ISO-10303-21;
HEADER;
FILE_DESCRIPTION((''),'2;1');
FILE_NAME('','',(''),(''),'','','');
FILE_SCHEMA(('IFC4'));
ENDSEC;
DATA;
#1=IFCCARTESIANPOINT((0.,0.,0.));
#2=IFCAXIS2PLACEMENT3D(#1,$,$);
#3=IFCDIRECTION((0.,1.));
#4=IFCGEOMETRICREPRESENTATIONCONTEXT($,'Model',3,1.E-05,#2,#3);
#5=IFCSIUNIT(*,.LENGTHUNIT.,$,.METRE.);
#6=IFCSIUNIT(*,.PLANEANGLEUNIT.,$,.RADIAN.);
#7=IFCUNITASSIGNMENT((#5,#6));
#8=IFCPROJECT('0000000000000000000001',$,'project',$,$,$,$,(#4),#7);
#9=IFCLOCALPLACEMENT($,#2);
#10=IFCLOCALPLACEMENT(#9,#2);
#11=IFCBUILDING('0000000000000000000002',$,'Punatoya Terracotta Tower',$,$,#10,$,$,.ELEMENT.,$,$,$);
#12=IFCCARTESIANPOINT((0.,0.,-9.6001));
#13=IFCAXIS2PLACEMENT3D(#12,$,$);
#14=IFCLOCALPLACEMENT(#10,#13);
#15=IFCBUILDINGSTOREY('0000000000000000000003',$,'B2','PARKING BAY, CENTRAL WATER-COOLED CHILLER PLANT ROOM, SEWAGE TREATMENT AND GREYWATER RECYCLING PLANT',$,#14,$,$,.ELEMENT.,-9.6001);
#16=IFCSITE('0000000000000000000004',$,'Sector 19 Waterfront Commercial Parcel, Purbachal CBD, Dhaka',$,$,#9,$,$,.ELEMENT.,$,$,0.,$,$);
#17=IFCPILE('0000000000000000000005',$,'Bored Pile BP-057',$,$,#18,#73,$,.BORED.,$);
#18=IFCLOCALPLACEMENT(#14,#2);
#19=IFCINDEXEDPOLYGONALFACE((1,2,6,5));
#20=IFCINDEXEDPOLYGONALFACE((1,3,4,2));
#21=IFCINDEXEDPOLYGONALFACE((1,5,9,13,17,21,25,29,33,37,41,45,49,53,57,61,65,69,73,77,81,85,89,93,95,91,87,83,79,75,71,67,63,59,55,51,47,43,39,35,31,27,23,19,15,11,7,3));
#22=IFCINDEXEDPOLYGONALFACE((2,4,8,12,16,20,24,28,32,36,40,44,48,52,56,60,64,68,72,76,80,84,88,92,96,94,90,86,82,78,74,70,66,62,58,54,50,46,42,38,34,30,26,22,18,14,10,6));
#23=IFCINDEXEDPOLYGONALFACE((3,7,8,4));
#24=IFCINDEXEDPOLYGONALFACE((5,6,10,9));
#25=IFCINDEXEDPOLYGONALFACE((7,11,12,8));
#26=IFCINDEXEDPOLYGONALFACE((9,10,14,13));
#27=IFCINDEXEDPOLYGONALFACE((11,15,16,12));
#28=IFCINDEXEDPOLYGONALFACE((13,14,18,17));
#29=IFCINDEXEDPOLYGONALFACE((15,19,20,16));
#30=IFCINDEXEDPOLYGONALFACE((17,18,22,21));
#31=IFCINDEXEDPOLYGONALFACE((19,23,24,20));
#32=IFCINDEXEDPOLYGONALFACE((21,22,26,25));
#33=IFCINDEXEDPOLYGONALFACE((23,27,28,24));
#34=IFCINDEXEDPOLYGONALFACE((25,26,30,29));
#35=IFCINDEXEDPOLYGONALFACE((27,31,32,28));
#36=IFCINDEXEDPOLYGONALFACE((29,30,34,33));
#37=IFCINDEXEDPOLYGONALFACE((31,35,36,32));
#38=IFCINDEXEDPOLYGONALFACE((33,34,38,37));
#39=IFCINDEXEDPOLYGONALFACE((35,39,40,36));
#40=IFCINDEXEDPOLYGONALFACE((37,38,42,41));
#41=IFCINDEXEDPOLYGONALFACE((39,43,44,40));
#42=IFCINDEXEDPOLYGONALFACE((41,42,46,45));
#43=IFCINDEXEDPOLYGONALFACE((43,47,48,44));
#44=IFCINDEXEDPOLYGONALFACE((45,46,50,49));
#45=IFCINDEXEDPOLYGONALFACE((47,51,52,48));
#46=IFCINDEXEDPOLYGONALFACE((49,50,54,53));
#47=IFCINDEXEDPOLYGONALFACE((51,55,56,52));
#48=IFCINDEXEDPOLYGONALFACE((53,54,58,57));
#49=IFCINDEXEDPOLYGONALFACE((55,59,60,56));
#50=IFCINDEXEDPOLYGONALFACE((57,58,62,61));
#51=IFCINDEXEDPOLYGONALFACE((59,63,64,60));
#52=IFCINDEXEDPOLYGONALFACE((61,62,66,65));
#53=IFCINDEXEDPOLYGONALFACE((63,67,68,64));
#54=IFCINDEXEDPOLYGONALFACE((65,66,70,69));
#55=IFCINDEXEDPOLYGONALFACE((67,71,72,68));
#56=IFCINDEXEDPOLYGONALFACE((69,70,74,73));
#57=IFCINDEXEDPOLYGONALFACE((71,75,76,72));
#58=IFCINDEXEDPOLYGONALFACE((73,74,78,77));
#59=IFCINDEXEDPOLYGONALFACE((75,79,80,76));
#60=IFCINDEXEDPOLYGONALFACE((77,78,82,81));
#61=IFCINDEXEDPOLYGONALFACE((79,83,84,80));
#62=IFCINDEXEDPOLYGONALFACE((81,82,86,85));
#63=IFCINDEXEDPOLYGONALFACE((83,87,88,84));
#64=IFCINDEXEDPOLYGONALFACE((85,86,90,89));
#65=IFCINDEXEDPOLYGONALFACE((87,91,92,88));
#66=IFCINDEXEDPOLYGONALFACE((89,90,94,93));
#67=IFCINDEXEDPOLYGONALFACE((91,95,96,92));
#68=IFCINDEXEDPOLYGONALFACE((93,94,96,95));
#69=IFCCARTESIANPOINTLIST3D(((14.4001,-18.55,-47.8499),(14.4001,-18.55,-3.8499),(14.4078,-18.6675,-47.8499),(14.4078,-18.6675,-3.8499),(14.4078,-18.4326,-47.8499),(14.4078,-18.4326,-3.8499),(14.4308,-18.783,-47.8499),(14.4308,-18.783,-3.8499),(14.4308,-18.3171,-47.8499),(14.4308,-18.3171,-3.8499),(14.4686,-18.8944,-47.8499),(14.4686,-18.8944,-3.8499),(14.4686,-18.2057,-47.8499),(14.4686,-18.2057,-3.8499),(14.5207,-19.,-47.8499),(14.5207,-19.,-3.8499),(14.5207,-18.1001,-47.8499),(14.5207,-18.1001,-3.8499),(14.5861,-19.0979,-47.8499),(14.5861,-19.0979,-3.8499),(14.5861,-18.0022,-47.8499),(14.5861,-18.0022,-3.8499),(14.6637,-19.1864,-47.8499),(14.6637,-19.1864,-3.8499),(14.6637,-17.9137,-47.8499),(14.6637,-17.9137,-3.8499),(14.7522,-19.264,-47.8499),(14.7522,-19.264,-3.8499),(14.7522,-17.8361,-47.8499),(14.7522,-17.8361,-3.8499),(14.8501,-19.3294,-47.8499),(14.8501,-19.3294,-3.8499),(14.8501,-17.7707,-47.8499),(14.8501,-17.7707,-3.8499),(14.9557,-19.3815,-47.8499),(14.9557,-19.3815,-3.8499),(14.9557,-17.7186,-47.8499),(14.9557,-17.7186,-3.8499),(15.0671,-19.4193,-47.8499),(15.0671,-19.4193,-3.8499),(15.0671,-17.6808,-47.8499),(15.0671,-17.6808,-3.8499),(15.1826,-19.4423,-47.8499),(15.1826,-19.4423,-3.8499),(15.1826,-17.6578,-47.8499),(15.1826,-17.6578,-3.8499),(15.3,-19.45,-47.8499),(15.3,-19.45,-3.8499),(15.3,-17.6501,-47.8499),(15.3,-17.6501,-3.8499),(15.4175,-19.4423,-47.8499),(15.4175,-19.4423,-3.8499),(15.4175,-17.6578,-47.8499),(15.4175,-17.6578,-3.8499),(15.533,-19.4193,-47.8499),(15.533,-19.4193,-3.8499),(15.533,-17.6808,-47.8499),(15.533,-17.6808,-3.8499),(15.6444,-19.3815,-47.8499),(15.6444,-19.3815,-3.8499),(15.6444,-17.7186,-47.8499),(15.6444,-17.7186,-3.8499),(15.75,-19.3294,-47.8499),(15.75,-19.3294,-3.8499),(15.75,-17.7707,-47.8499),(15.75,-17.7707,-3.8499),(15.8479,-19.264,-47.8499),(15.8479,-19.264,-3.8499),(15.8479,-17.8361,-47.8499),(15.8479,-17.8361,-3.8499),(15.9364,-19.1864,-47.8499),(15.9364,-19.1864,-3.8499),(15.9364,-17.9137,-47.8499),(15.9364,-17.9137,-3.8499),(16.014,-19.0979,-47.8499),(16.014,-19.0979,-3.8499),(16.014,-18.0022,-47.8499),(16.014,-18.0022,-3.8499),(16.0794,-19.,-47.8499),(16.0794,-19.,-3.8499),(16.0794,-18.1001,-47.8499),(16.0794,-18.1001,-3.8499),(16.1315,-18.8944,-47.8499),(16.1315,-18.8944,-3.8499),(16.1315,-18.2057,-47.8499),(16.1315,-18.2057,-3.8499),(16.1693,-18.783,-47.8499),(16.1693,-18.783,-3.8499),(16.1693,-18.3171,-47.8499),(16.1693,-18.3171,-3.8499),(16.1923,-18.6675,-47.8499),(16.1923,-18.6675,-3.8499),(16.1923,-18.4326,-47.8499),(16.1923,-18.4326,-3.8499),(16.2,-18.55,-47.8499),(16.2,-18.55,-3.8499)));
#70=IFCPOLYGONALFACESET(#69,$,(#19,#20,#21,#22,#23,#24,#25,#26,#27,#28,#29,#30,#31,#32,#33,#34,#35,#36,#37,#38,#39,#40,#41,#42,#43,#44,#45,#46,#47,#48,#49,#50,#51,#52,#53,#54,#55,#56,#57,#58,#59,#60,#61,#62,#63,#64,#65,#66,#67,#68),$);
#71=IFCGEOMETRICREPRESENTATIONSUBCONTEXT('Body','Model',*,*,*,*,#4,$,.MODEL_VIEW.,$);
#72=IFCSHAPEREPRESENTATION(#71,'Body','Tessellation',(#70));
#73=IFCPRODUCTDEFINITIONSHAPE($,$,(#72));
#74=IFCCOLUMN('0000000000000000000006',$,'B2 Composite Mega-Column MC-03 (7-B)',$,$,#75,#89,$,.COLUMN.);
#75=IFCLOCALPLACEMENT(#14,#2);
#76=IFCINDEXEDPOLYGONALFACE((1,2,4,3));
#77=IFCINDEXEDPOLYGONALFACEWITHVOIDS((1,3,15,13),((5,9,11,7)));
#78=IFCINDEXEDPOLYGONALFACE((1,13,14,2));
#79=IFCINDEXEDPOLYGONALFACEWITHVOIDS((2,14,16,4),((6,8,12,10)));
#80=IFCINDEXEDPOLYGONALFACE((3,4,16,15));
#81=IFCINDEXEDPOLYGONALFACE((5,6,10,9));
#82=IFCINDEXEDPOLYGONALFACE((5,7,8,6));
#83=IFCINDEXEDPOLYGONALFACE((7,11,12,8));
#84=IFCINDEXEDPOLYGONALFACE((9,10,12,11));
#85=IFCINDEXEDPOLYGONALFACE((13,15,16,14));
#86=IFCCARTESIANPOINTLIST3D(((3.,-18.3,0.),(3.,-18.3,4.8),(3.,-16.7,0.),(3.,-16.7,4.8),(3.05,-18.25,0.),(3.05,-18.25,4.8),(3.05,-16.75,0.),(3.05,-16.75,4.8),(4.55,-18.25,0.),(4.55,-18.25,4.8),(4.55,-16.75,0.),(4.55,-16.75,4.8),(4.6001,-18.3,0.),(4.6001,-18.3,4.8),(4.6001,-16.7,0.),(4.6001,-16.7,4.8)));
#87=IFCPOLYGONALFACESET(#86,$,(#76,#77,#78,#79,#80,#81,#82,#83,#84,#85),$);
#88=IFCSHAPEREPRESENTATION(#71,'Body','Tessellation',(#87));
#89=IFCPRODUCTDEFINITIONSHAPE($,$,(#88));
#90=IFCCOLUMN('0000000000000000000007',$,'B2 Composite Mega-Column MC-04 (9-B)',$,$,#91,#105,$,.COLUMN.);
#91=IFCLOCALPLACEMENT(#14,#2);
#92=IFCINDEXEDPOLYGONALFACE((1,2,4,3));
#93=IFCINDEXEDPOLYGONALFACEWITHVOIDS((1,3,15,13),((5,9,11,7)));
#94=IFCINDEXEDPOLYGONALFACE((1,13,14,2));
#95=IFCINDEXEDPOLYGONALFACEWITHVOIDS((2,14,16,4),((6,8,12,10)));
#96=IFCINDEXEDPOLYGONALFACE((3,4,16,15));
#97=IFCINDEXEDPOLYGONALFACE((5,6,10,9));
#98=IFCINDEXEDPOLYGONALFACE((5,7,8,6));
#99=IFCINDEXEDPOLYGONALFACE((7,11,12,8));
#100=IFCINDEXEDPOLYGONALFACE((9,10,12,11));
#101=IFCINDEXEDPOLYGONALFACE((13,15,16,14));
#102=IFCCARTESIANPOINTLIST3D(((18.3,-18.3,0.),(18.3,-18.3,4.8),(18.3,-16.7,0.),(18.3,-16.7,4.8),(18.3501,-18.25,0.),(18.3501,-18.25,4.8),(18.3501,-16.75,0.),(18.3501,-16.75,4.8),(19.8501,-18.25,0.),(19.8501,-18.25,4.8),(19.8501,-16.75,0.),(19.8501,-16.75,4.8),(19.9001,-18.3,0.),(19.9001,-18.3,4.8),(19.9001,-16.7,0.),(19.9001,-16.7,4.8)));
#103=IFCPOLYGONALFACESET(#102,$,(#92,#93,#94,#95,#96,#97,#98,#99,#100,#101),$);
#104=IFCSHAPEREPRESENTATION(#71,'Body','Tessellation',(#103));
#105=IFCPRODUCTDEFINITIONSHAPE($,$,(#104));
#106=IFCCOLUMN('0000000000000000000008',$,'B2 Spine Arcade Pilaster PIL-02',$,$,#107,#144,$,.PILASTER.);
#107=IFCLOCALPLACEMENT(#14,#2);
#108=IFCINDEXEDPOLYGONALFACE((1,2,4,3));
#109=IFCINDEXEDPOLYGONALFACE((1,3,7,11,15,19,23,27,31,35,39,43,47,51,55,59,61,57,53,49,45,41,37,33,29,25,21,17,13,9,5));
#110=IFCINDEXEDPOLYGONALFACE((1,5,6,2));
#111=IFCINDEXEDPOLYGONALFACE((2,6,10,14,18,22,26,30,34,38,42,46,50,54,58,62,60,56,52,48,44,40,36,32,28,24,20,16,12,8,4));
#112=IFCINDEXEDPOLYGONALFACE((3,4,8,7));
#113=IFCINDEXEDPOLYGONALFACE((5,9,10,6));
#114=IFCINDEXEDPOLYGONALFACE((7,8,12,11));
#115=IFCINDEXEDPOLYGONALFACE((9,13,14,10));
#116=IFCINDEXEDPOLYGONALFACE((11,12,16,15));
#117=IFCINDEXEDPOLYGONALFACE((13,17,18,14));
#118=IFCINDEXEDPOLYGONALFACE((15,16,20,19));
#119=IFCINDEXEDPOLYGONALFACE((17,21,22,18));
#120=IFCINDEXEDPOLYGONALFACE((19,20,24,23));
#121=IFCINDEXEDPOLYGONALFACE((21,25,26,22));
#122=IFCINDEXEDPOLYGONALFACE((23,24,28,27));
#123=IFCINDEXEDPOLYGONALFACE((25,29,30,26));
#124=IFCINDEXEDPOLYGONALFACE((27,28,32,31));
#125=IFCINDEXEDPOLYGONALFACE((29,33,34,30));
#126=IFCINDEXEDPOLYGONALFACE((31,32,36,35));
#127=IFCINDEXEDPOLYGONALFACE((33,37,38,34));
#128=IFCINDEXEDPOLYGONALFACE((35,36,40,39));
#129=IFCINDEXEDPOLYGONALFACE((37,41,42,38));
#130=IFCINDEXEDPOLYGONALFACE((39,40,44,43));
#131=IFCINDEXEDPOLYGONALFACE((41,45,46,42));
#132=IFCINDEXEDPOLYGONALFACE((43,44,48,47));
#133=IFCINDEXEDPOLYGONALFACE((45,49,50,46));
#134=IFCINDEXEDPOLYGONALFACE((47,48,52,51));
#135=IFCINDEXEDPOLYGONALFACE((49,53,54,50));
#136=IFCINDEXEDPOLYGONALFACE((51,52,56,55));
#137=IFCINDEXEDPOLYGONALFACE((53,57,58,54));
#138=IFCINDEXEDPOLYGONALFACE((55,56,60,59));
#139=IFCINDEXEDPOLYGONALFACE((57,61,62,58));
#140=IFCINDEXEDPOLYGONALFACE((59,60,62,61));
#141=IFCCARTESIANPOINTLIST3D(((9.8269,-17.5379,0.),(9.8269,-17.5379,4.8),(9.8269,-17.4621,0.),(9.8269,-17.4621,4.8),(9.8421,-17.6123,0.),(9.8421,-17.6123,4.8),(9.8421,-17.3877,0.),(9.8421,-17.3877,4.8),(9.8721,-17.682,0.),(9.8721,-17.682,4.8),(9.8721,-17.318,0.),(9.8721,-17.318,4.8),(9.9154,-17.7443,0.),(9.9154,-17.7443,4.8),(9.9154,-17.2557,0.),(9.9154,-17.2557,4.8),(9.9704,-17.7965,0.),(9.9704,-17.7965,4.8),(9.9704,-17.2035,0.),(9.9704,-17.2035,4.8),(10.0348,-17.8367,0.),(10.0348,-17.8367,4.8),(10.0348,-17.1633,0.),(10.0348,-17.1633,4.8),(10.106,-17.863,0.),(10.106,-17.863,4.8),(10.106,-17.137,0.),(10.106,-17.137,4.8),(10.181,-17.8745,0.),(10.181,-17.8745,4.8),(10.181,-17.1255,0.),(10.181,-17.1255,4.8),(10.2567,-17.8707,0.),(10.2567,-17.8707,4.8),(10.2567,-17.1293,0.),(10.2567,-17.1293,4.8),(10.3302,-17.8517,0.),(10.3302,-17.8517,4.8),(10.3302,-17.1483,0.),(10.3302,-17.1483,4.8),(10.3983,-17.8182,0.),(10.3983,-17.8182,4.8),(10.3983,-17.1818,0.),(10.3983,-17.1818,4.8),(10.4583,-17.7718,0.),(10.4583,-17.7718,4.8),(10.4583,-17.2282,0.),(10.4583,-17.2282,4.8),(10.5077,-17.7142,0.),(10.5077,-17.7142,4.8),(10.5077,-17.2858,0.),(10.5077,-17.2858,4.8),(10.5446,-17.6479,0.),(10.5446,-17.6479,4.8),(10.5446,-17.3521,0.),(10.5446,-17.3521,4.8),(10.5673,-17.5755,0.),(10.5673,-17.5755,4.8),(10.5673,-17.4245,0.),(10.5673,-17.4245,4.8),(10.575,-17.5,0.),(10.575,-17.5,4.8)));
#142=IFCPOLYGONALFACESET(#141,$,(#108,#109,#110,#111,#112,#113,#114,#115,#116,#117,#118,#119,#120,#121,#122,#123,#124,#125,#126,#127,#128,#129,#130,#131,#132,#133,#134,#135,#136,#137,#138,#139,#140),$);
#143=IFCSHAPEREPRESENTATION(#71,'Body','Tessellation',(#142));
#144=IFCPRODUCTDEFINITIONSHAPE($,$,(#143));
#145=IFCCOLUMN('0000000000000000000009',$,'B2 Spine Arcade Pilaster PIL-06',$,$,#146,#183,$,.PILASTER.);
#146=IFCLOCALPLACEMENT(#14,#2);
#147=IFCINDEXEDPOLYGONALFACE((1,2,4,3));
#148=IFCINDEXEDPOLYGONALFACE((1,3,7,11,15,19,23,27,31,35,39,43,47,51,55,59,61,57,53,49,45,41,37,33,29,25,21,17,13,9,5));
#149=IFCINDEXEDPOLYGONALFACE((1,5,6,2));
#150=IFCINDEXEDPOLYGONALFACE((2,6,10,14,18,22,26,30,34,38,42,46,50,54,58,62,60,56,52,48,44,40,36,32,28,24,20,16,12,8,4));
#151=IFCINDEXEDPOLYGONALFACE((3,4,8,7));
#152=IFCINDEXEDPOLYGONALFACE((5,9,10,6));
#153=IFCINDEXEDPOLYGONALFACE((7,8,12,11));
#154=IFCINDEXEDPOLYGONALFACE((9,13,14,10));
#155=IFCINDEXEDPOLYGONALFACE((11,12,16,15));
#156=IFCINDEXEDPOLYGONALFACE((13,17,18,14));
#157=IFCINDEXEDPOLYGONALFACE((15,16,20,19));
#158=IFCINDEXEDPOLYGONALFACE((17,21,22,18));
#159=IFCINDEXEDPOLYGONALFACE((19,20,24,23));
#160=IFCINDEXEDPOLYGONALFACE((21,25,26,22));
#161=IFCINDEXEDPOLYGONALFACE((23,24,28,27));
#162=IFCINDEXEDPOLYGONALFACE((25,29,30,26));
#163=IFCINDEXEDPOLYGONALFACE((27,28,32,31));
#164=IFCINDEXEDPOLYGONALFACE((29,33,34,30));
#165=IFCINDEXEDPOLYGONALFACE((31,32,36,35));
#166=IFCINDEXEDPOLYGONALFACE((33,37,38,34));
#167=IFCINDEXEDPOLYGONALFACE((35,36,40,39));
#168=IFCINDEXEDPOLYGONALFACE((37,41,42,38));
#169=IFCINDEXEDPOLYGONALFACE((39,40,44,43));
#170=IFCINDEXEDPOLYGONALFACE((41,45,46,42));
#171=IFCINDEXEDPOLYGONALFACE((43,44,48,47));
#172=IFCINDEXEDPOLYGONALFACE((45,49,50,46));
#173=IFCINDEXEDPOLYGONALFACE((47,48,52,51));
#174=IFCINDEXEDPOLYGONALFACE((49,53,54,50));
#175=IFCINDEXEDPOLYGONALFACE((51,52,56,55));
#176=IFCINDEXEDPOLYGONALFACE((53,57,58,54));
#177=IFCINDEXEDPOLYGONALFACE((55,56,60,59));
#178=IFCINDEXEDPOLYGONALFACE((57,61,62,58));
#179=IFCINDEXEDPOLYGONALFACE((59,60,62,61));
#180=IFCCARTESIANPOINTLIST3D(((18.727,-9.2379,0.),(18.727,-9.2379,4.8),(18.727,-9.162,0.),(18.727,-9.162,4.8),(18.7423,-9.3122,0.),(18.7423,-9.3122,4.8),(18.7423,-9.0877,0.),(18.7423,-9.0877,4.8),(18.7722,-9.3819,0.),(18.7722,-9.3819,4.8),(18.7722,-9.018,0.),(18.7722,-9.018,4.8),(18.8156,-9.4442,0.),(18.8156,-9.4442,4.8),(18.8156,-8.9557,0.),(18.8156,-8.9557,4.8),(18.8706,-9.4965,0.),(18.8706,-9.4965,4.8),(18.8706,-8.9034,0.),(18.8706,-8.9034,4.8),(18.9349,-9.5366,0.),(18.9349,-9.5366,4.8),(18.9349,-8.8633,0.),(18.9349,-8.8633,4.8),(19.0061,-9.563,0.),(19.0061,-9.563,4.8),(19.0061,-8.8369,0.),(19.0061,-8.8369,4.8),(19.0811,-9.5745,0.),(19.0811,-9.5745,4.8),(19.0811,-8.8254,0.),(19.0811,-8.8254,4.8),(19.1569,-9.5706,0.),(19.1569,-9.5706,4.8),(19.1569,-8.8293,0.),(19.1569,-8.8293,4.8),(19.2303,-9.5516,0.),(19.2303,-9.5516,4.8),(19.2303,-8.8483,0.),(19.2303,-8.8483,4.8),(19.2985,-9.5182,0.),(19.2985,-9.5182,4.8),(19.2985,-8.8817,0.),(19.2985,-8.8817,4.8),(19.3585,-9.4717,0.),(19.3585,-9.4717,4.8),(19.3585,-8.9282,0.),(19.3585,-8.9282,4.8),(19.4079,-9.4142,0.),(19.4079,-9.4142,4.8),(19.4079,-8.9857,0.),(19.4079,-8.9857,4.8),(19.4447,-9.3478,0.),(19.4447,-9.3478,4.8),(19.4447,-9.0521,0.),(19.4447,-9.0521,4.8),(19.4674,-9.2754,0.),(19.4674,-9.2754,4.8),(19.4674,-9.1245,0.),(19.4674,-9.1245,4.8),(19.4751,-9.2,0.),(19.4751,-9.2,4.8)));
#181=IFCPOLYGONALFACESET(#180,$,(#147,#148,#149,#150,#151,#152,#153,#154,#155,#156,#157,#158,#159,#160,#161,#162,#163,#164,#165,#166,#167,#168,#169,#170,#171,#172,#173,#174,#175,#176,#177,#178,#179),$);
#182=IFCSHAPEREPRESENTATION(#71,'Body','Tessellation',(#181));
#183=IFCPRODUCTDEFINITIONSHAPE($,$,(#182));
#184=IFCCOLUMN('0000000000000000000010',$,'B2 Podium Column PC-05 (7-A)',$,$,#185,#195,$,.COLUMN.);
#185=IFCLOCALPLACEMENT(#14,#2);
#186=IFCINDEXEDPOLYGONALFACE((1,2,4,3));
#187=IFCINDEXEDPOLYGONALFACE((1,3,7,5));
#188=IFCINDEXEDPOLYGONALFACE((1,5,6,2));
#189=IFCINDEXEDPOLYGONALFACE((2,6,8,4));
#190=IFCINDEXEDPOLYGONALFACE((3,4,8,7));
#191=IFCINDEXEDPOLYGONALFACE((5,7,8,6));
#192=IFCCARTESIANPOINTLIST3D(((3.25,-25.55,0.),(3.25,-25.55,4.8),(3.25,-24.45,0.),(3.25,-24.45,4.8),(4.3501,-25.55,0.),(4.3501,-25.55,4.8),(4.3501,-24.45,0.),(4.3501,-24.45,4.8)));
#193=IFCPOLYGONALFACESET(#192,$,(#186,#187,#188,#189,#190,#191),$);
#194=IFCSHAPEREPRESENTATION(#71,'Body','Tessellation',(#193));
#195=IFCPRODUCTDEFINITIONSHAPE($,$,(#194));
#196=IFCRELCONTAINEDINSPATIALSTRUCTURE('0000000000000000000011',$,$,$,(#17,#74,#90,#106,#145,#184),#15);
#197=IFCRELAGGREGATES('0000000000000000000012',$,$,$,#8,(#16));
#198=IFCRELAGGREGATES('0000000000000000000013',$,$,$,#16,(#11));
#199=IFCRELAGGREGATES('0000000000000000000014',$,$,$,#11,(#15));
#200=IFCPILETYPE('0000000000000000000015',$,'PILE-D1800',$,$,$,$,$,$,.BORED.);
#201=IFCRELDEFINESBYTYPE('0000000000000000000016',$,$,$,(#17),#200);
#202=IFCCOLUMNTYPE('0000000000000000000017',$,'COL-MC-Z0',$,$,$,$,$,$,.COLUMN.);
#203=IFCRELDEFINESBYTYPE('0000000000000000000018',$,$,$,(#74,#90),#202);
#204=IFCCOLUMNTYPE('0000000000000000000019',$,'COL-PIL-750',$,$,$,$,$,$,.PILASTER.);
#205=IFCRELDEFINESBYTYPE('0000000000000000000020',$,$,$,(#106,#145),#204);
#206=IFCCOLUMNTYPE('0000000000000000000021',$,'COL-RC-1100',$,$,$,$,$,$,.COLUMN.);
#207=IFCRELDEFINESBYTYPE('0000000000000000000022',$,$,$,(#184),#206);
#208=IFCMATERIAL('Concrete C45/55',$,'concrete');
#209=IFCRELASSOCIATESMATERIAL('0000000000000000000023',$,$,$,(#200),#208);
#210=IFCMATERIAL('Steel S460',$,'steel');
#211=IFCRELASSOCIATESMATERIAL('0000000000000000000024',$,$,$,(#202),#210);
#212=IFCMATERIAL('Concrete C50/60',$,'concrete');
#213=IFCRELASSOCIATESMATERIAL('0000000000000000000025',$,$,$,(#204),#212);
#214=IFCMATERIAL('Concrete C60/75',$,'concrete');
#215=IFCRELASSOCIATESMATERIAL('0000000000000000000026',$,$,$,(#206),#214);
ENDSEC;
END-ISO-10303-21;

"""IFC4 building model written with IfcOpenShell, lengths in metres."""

from ifc_helpers import new_model, si_unit, direction, frame, origin, origin_2d, place, context, subcontext, project, spatial, rectangle, hollow_rectangle, circle, extrude, material, material_profile, profile_set, type_object, element, save


model = new_model("IFC4")

# Units and contexts
model_context = context("Model", 3, precision=1e-05, world=origin(), true_north=direction((0.0, 1.0)))
body_context = subcontext(model_context, "Body", "Model", "MODEL_VIEW")
ifc_project = project(units=[si_unit("LENGTHUNIT", "METRE"), si_unit("PLANEANGLEUNIT", "RADIAN")], contexts=[model_context])

# Site, building, storey
site_placement = place(None, origin())
site = spatial("IfcSite", under=ifc_project, at=site_placement, Name="Sector 19 Waterfront Commercial Parcel, Purbachal CBD, Dhaka", CompositionType="ELEMENT", RefElevation=0.0)
building_placement = place(site_placement, origin())
building = spatial("IfcBuilding", under=site, at=building_placement, Name="Punatoya Terracotta Tower", CompositionType="ELEMENT")
storey_placement = place(building_placement, frame((0.0, 0.0, -9.6001)))
storey = spatial("IfcBuildingStorey", under=building, at=storey_placement, Name="B2", Description="PARKING BAY, CENTRAL WATER-COOLED CHILLER PLANT ROOM, SEWAGE TREATMENT AND GREYWATER RECYCLING PLANT", CompositionType="ELEMENT", Elevation=-9.6001)

# Shared definitions
ifc_material_1 = material(Name="Concrete C45/55", Category="concrete")

# Pile
ifc_material_profile_1 = material_profile(ifc_material_1, circle(Radius=0.8999, at=origin_2d()))
ifc_profile_set_1 = profile_set([ifc_material_profile_1], Name="Concrete C45/55")
pile_type_1 = type_object("IfcPileType", Name="PILE-D1800", PredefinedType="BORED", material=ifc_profile_set_1)
for number, where, z_axis, x_axis, name in (
    (1, (15.3, -18.55, -3.8499), (0.0, 0.0, -1.0), (1.0, 0.0, 0.0), "Bored Pile BP-057"),
):
    element("IfcPile", number, at=place(storey_placement, frame(where, z_axis=z_axis, x_axis=x_axis)), inside=storey, type_object=pile_type_1, Name=name, PredefinedType="BORED", context=body_context, shape_type="SweptSolid", body=[
        extrude(circle(Radius=0.8999, at=origin_2d()), origin(), (0.0, 0.0, 1.0), 44.0),
    ])

# Columns
ifc_material_2 = material(Name="Steel S460", Category="steel")
ifc_material_profile_2 = material_profile(ifc_material_2, hollow_rectangle(XDim=1.6001, YDim=1.6001, WallThickness=0.05, at=origin_2d()))
ifc_profile_set_2 = profile_set([ifc_material_profile_2], Name="Steel S460")
column_type_1 = type_object("IfcColumnType", Name="COL-MC-Z0", PredefinedType="COLUMN", material=ifc_profile_set_2)
for number, where, z_axis, x_axis, name in (
    (2, (3.8, -17.5, 0.0), (0.0, 0.0, 1.0), (1.0, 0.0, 0.0), "B2 Composite Mega-Column MC-03 (7-B)"),
    (3, (19.1001, -17.5, 0.0), (0.0, 0.0, 1.0), (1.0, 0.0, 0.0), "B2 Composite Mega-Column MC-04 (9-B)"),
):
    element("IfcColumn", number, at=place(storey_placement, frame(where, z_axis=z_axis, x_axis=x_axis)), inside=storey, type_object=column_type_1, Name=name, PredefinedType="COLUMN", context=body_context, shape_type="SweptSolid", body=[
        extrude(hollow_rectangle(XDim=1.6001, YDim=1.6001, WallThickness=0.05, at=origin_2d()), origin(), (0.0, 0.0, 1.0), 4.8),
    ])
ifc_material_3 = material(Name="Concrete C50/60", Category="concrete")
ifc_material_profile_3 = material_profile(ifc_material_3, circle(Radius=0.375, at=origin_2d()))
ifc_profile_set_3 = profile_set([ifc_material_profile_3], Name="Concrete C50/60")
column_type_2 = type_object("IfcColumnType", Name="COL-PIL-750", PredefinedType="PILASTER", material=ifc_profile_set_3)
for number, where, z_axis, x_axis, name in (
    (4, (10.2, -17.5, 0.0), (0.0, 0.0, 1.0), (1.0, 0.0, 0.0), "B2 Spine Arcade Pilaster PIL-02"),
    (5, (19.1001, -9.2, 0.0), (0.0, 0.0, 1.0), (1.0, 0.0, 0.0), "B2 Spine Arcade Pilaster PIL-06"),
):
    element("IfcColumn", number, at=place(storey_placement, frame(where, z_axis=z_axis, x_axis=x_axis)), inside=storey, type_object=column_type_2, Name=name, PredefinedType="PILASTER", context=body_context, shape_type="SweptSolid", body=[
        extrude(circle(Radius=0.375, at=origin_2d()), origin(), (0.0, 0.0, 1.0), 4.8),
    ])
ifc_material_4 = material(Name="Concrete C60/75", Category="concrete")
ifc_material_profile_4 = material_profile(ifc_material_4, rectangle(XDim=1.1001, YDim=1.1001, at=origin_2d()))
ifc_profile_set_4 = profile_set([ifc_material_profile_4], Name="Concrete C60/75")
column_type_3 = type_object("IfcColumnType", Name="COL-RC-1100", PredefinedType="COLUMN", material=ifc_profile_set_4)
for number, where, z_axis, x_axis, name in (
    (6, (3.8, -25.0, 0.0), (0.0, 0.0, 1.0), (1.0, 0.0, 0.0), "B2 Podium Column PC-05 (7-A)"),
):
    element("IfcColumn", number, at=place(storey_placement, frame(where, z_axis=z_axis, x_axis=x_axis)), inside=storey, type_object=column_type_3, Name=name, PredefinedType="COLUMN", context=body_context, shape_type="SweptSolid", body=[
        extrude(rectangle(XDim=1.1001, YDim=1.1001, at=origin_2d()), origin(), (0.0, 0.0, 1.0), 4.8),
    ])

save(model, "model.ifc")
